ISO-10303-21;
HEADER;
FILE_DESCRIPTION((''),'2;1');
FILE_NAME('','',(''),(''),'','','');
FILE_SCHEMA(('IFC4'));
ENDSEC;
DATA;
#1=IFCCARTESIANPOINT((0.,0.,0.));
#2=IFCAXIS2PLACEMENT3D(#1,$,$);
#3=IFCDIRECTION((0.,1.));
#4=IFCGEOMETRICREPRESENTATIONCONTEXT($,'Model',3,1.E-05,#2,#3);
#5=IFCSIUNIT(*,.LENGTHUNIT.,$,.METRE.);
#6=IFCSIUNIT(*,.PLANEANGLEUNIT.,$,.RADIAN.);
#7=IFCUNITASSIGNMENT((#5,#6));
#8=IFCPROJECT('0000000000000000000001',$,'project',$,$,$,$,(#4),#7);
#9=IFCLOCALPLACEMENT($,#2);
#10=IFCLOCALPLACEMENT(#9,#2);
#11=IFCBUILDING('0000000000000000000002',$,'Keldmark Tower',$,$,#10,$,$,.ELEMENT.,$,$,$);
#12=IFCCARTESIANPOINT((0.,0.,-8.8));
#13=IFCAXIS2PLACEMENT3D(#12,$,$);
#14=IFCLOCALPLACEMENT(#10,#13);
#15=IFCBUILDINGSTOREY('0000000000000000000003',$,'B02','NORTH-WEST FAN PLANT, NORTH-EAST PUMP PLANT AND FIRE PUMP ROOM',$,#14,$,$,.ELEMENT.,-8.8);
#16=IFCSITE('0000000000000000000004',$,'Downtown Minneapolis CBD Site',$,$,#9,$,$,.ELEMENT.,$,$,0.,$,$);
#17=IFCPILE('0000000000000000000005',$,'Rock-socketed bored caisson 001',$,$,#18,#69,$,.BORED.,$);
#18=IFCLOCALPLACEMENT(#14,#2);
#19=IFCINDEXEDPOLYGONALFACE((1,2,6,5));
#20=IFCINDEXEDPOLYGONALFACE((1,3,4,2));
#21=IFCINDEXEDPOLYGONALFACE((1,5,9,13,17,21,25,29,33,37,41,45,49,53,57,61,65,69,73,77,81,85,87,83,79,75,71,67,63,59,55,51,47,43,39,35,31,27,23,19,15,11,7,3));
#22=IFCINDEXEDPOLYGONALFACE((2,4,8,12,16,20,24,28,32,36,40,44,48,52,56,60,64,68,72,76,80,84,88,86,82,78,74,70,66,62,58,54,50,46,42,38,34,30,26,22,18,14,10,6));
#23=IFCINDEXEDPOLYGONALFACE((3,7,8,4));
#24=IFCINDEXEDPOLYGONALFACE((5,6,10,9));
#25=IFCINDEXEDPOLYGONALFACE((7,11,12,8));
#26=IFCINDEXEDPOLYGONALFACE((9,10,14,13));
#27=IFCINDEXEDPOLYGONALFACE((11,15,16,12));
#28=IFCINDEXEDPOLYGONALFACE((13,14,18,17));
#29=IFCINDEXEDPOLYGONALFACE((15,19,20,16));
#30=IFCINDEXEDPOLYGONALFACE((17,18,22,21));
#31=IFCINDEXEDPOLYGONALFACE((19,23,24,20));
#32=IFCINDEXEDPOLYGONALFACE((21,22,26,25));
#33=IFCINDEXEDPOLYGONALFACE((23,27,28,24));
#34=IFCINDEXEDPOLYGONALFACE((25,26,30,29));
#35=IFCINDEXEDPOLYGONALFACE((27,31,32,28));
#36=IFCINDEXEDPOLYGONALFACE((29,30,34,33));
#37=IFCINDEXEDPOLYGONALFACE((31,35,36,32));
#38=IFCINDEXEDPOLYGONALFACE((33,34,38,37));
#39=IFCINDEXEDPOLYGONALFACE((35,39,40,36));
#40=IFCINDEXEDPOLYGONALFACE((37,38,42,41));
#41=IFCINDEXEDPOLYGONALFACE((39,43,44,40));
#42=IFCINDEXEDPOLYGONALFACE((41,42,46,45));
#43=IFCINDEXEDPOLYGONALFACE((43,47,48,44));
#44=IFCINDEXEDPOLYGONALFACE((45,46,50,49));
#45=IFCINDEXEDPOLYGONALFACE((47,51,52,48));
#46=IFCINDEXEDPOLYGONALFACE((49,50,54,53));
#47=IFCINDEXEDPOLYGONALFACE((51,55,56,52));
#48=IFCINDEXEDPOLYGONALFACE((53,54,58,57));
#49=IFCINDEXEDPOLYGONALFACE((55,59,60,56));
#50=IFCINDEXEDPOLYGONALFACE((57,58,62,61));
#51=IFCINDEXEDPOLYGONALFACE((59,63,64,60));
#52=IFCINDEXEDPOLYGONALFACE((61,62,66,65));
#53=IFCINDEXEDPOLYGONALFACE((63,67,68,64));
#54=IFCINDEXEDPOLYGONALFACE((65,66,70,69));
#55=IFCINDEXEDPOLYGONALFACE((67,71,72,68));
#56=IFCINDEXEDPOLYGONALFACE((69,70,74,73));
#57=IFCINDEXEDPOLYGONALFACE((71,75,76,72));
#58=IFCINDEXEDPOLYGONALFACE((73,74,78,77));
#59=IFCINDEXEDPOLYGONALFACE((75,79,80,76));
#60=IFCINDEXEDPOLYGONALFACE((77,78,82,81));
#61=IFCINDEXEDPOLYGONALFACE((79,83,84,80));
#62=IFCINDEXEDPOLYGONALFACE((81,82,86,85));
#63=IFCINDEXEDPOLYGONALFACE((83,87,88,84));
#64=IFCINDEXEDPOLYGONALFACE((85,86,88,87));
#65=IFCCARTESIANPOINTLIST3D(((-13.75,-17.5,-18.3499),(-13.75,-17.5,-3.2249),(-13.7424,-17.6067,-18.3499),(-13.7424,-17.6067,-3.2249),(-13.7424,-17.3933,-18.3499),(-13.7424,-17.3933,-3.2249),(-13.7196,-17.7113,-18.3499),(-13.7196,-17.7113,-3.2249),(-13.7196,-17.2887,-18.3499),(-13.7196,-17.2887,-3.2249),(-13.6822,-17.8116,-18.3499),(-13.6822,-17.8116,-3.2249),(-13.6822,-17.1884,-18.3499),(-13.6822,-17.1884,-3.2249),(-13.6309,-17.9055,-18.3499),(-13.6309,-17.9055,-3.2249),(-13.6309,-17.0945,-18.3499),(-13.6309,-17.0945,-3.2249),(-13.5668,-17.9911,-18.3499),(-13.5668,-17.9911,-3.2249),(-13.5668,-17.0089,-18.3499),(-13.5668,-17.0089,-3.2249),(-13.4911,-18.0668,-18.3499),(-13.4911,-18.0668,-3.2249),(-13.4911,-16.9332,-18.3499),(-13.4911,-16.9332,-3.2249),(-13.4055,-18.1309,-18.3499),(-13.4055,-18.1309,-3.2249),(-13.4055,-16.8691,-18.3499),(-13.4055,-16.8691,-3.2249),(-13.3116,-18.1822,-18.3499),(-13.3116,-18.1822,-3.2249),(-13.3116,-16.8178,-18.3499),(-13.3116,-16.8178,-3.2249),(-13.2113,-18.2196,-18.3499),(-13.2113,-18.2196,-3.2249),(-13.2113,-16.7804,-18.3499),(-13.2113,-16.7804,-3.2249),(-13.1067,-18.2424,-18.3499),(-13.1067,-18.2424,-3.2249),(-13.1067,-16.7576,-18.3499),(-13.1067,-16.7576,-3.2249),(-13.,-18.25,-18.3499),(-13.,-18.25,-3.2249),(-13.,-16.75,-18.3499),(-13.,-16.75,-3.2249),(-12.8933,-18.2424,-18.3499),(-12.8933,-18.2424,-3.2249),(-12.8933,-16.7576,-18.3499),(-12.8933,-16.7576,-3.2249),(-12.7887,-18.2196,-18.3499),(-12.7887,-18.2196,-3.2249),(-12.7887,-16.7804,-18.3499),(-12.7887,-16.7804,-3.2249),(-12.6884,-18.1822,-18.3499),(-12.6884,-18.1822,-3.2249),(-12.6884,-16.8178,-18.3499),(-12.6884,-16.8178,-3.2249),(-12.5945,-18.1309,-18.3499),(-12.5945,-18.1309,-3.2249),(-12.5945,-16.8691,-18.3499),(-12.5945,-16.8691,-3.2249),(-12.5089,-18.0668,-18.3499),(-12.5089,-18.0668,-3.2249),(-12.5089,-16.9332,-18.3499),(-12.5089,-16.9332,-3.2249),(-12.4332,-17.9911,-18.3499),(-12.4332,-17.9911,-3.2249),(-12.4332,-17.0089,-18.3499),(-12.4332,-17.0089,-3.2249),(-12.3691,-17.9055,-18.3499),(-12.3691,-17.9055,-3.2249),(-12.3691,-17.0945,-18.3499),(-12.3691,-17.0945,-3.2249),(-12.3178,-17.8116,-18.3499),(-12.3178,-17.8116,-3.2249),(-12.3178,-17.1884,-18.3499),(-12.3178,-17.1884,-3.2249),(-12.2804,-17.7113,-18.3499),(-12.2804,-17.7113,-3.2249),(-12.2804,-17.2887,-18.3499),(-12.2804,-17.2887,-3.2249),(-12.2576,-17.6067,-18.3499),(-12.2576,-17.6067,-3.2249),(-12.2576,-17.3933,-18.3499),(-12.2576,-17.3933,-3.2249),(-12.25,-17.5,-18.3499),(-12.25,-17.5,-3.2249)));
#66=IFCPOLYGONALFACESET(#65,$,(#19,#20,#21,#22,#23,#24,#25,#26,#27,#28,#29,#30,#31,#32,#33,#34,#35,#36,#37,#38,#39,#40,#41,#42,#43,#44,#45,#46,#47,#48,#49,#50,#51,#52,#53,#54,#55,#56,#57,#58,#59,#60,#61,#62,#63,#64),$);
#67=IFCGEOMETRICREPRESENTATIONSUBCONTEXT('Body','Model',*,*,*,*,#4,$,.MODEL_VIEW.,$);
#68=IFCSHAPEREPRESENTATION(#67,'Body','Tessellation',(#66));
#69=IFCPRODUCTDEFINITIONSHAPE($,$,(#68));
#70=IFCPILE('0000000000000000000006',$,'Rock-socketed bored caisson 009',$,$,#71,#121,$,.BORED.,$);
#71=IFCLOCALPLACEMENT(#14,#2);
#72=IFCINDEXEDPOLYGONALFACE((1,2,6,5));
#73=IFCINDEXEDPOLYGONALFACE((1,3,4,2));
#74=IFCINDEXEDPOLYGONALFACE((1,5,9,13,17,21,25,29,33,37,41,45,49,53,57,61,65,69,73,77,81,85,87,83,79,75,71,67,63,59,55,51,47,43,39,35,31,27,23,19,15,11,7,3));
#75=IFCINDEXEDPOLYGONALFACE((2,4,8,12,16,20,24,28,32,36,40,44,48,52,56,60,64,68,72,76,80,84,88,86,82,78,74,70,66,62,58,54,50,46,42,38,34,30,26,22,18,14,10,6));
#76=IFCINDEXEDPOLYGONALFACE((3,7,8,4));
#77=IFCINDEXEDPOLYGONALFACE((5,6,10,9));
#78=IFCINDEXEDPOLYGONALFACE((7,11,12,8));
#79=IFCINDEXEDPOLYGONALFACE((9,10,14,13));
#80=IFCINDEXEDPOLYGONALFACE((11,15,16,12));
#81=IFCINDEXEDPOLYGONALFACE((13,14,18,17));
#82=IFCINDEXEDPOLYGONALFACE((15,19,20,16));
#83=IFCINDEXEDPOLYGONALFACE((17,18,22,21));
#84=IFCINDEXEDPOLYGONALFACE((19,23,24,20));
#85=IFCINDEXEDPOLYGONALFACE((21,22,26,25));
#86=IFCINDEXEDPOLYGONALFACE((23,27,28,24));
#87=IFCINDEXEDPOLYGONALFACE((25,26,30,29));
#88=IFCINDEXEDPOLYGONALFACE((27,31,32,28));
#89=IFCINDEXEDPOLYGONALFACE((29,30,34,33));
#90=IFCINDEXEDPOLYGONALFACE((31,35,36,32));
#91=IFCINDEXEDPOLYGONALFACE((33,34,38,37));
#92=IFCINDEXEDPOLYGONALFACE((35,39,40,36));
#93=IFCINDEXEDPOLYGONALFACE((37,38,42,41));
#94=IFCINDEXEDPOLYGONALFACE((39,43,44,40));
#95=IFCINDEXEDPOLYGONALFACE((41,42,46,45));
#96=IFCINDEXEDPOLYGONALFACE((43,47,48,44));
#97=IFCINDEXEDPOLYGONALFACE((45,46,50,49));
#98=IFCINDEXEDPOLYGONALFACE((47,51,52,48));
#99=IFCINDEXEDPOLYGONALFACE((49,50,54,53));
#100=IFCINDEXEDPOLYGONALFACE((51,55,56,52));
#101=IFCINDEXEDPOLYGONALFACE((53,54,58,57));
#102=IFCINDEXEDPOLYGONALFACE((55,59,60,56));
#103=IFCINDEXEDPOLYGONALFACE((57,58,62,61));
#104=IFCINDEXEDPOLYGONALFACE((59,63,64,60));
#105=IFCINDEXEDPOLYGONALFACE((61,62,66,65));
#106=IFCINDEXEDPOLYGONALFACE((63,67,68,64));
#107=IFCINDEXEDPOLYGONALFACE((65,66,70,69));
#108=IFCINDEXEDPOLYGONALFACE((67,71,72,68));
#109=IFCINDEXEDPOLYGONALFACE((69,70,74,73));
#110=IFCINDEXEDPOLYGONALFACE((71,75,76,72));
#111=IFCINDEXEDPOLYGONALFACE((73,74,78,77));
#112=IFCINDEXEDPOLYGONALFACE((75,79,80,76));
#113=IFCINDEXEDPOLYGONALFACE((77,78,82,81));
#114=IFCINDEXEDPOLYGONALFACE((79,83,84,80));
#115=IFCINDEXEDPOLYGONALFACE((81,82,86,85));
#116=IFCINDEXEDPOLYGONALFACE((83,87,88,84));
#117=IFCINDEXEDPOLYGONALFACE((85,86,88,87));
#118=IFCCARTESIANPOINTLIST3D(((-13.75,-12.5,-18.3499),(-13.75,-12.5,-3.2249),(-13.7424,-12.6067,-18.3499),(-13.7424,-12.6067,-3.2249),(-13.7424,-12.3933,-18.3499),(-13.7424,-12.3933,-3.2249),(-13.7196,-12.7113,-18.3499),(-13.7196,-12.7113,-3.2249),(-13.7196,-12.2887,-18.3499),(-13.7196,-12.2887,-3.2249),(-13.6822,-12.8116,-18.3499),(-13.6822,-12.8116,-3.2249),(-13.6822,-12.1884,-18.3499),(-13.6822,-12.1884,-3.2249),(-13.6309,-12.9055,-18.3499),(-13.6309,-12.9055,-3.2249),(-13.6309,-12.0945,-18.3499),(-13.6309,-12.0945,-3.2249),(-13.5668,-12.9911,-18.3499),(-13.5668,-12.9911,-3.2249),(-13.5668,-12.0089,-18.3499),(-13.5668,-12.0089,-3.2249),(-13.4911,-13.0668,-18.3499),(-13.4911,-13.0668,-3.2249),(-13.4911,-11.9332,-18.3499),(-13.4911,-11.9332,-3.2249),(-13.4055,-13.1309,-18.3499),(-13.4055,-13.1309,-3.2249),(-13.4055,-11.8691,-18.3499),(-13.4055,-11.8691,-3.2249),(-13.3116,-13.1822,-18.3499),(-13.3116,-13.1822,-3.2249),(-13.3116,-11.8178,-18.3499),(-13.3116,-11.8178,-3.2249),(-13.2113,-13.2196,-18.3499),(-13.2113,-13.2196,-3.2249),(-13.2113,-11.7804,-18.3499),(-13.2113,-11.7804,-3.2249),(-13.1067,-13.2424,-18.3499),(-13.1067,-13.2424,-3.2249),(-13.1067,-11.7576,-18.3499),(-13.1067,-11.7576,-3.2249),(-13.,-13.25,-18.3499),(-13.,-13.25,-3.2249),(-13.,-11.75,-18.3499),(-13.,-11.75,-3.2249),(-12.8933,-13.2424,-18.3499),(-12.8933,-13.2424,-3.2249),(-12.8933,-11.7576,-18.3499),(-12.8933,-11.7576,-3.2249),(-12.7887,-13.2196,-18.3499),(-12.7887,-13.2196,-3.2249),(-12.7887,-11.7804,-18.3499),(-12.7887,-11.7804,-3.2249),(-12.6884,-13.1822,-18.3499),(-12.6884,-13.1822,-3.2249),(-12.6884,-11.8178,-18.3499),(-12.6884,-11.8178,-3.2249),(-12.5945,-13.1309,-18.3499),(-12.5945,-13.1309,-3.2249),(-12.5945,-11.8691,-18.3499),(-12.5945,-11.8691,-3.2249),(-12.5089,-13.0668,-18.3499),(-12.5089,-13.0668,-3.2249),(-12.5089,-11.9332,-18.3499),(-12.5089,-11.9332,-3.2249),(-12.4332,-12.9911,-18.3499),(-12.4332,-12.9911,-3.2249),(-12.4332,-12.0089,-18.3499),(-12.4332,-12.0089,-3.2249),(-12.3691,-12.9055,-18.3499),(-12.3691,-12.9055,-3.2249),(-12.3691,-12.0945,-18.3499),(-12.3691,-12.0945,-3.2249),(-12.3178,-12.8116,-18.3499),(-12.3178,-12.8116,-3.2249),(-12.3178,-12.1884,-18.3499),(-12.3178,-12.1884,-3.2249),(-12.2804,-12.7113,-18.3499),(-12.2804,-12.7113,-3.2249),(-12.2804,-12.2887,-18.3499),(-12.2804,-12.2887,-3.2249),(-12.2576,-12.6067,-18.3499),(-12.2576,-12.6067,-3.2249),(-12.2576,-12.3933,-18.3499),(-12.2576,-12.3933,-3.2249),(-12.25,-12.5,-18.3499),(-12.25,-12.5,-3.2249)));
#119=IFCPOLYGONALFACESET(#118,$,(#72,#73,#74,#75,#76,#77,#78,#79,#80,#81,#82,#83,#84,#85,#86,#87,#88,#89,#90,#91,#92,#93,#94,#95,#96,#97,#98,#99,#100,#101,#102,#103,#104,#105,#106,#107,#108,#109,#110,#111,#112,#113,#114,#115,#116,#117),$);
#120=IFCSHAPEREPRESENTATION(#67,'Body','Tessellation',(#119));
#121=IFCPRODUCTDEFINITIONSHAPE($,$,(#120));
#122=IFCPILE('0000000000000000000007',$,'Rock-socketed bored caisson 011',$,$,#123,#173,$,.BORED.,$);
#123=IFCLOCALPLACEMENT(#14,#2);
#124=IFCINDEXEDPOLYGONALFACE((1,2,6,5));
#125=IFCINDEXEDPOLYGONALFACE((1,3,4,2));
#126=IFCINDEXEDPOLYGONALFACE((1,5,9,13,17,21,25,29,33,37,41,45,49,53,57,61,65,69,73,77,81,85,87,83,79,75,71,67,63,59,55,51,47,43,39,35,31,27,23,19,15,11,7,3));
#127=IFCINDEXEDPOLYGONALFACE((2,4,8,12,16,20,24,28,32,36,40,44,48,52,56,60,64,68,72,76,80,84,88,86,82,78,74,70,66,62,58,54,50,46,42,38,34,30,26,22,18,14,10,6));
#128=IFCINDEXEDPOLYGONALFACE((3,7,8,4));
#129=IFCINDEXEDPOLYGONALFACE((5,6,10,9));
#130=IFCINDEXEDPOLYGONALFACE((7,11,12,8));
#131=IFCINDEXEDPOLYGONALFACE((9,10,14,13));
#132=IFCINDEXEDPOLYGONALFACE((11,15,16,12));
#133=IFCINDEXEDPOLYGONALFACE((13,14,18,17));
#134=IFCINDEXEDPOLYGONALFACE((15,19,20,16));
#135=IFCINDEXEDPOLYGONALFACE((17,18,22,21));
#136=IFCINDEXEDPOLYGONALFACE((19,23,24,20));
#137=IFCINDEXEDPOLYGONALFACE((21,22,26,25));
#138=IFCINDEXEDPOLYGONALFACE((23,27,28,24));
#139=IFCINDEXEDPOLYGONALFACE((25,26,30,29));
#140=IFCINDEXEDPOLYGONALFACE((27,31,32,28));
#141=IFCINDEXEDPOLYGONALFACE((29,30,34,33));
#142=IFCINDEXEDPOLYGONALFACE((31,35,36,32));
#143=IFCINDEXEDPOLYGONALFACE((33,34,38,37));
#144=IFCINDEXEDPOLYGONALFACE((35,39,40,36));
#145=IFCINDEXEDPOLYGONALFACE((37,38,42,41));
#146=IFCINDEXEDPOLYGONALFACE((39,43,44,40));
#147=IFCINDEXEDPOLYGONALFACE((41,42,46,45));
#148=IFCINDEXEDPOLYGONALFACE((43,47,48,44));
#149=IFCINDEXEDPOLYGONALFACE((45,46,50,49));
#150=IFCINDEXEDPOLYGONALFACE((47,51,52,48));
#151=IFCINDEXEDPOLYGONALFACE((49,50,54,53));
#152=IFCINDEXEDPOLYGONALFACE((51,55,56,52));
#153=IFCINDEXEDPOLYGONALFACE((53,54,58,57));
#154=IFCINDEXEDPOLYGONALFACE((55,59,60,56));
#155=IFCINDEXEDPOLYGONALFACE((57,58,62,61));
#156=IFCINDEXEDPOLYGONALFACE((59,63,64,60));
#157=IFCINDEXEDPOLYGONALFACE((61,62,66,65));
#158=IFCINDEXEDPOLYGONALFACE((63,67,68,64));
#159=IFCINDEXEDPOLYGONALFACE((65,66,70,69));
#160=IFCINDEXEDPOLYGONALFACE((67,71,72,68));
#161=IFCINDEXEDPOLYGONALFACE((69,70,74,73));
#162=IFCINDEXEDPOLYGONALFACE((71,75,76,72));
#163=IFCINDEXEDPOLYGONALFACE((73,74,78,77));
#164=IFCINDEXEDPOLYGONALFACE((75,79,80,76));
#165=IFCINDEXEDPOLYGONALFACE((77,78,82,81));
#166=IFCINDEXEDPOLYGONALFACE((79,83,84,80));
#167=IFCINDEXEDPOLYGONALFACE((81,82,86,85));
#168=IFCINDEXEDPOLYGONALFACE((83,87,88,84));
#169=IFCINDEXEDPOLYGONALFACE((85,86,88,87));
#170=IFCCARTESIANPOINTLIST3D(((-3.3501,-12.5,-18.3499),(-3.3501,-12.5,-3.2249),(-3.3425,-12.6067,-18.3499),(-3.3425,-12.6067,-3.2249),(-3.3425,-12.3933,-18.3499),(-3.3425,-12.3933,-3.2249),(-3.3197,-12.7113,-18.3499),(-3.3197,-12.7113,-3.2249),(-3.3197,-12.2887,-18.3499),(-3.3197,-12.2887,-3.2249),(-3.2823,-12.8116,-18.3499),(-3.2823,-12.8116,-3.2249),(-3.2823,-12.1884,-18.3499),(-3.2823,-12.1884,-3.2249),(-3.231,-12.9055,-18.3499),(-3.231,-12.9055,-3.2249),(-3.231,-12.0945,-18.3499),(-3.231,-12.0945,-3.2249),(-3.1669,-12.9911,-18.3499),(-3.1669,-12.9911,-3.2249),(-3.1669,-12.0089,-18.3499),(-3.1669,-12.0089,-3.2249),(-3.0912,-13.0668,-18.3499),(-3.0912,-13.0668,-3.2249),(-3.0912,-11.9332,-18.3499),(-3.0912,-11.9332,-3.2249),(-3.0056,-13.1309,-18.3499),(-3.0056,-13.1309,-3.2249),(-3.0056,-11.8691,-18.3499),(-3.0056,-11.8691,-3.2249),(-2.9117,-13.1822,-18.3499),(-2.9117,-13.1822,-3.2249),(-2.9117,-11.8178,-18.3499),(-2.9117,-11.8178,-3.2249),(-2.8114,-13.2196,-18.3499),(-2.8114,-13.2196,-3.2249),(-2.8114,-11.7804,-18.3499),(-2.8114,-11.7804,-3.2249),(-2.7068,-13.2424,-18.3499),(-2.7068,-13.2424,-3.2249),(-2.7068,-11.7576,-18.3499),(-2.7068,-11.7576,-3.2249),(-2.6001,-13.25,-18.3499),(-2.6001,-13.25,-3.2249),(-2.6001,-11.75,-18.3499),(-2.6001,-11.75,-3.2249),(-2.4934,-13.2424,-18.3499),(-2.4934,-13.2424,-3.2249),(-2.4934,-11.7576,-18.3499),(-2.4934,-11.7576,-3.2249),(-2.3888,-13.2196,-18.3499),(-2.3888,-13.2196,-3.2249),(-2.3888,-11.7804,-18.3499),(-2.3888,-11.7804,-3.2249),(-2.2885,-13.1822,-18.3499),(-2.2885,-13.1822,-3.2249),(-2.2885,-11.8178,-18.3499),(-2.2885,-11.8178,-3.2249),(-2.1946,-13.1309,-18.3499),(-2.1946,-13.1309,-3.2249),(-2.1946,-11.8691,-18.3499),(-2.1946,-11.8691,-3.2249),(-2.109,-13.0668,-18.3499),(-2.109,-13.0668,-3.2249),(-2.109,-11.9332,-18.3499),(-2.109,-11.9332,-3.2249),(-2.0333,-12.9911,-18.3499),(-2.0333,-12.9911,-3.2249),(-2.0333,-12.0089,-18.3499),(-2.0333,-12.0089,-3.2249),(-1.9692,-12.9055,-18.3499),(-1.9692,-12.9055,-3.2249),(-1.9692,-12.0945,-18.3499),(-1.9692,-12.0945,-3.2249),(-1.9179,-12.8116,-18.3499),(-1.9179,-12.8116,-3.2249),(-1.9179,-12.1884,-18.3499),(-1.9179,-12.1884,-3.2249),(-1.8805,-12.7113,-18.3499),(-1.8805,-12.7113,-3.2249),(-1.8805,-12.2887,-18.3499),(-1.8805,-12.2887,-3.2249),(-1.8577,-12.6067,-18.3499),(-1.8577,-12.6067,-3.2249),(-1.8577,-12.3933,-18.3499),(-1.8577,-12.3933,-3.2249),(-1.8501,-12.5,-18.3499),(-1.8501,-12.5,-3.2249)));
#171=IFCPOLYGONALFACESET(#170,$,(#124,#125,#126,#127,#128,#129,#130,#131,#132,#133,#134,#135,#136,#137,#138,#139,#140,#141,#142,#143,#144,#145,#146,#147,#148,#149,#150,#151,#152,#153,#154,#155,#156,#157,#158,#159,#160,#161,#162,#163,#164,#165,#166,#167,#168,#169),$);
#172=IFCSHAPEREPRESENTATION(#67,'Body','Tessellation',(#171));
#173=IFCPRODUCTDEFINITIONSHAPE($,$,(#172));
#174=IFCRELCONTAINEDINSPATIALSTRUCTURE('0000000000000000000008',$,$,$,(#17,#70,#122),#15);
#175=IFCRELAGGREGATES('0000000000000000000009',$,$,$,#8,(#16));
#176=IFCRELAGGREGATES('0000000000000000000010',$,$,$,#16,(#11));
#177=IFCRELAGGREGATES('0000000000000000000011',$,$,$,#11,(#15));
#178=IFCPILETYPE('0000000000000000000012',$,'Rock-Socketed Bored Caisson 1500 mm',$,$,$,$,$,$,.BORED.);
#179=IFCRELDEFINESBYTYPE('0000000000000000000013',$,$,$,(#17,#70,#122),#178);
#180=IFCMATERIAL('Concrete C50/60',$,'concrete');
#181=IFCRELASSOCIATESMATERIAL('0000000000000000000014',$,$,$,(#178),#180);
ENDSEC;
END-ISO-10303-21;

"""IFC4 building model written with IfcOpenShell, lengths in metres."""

from ifc_helpers import new_model, si_unit, direction, frame, origin, origin_2d, place, context, subcontext, project, spatial, circle, extrude, material, material_profile, profile_set, type_object, element, save


model = new_model("IFC4")

# Units and contexts
model_context = context("Model", 3, precision=1e-05, world=origin(), true_north=direction((0.0, 1.0)))
body_context = subcontext(model_context, "Body", "Model", "MODEL_VIEW")
ifc_project = project(units=[si_unit("LENGTHUNIT", "METRE"), si_unit("PLANEANGLEUNIT", "RADIAN")], contexts=[model_context])

# Site, building, storey
site_placement = place(None, origin())
site = spatial("IfcSite", under=ifc_project, at=site_placement, Name="Downtown Minneapolis CBD Site", CompositionType="ELEMENT", RefElevation=0.0)
building_placement = place(site_placement, origin())
building = spatial("IfcBuilding", under=site, at=building_placement, Name="Keldmark Tower", CompositionType="ELEMENT")
storey_placement = place(building_placement, frame((0.0, 0.0, -8.8)))
storey = spatial("IfcBuildingStorey", under=building, at=storey_placement, Name="B02", Description="NORTH-WEST FAN PLANT, NORTH-EAST PUMP PLANT AND FIRE PUMP ROOM", CompositionType="ELEMENT", Elevation=-8.8)

# Piles
ifc_material_1 = material(Name="Concrete C50/60", Category="concrete")
ifc_material_profile_1 = material_profile(ifc_material_1, circle(Radius=0.75, at=origin_2d()), Name="CAISSON1500")
ifc_profile_set_1 = profile_set([ifc_material_profile_1], Name="Concrete C50/60")
pile_type_1 = type_object("IfcPileType", Name="Rock-Socketed Bored Caisson 1500 mm", PredefinedType="BORED", material=ifc_profile_set_1)
for number, where, z_axis, x_axis, name in (
    (1, (-13.0, -17.5, -3.2249), (0.0, 0.0, -1.0), (1.0, 0.0, 0.0), "Rock-socketed bored caisson 001"),
    (2, (-13.0, -12.5, -3.2249), (0.0, 0.0, -1.0), (1.0, 0.0, 0.0), "Rock-socketed bored caisson 009"),
    (3, (-2.6001, -12.5, -3.2249), (0.0, 0.0, -1.0), (1.0, 0.0, 0.0), "Rock-socketed bored caisson 011"),
):
    element("IfcPile", number, at=place(storey_placement, frame(where, z_axis=z_axis, x_axis=x_axis)), inside=storey, type_object=pile_type_1, Name=name, PredefinedType="BORED", context=body_context, shape_type="SweptSolid", body=[
        extrude(circle(Radius=0.75, at=origin_2d()), origin(), (0.0, 0.0, 1.0), 15.125),
    ])

save(model, "model.ifc")
